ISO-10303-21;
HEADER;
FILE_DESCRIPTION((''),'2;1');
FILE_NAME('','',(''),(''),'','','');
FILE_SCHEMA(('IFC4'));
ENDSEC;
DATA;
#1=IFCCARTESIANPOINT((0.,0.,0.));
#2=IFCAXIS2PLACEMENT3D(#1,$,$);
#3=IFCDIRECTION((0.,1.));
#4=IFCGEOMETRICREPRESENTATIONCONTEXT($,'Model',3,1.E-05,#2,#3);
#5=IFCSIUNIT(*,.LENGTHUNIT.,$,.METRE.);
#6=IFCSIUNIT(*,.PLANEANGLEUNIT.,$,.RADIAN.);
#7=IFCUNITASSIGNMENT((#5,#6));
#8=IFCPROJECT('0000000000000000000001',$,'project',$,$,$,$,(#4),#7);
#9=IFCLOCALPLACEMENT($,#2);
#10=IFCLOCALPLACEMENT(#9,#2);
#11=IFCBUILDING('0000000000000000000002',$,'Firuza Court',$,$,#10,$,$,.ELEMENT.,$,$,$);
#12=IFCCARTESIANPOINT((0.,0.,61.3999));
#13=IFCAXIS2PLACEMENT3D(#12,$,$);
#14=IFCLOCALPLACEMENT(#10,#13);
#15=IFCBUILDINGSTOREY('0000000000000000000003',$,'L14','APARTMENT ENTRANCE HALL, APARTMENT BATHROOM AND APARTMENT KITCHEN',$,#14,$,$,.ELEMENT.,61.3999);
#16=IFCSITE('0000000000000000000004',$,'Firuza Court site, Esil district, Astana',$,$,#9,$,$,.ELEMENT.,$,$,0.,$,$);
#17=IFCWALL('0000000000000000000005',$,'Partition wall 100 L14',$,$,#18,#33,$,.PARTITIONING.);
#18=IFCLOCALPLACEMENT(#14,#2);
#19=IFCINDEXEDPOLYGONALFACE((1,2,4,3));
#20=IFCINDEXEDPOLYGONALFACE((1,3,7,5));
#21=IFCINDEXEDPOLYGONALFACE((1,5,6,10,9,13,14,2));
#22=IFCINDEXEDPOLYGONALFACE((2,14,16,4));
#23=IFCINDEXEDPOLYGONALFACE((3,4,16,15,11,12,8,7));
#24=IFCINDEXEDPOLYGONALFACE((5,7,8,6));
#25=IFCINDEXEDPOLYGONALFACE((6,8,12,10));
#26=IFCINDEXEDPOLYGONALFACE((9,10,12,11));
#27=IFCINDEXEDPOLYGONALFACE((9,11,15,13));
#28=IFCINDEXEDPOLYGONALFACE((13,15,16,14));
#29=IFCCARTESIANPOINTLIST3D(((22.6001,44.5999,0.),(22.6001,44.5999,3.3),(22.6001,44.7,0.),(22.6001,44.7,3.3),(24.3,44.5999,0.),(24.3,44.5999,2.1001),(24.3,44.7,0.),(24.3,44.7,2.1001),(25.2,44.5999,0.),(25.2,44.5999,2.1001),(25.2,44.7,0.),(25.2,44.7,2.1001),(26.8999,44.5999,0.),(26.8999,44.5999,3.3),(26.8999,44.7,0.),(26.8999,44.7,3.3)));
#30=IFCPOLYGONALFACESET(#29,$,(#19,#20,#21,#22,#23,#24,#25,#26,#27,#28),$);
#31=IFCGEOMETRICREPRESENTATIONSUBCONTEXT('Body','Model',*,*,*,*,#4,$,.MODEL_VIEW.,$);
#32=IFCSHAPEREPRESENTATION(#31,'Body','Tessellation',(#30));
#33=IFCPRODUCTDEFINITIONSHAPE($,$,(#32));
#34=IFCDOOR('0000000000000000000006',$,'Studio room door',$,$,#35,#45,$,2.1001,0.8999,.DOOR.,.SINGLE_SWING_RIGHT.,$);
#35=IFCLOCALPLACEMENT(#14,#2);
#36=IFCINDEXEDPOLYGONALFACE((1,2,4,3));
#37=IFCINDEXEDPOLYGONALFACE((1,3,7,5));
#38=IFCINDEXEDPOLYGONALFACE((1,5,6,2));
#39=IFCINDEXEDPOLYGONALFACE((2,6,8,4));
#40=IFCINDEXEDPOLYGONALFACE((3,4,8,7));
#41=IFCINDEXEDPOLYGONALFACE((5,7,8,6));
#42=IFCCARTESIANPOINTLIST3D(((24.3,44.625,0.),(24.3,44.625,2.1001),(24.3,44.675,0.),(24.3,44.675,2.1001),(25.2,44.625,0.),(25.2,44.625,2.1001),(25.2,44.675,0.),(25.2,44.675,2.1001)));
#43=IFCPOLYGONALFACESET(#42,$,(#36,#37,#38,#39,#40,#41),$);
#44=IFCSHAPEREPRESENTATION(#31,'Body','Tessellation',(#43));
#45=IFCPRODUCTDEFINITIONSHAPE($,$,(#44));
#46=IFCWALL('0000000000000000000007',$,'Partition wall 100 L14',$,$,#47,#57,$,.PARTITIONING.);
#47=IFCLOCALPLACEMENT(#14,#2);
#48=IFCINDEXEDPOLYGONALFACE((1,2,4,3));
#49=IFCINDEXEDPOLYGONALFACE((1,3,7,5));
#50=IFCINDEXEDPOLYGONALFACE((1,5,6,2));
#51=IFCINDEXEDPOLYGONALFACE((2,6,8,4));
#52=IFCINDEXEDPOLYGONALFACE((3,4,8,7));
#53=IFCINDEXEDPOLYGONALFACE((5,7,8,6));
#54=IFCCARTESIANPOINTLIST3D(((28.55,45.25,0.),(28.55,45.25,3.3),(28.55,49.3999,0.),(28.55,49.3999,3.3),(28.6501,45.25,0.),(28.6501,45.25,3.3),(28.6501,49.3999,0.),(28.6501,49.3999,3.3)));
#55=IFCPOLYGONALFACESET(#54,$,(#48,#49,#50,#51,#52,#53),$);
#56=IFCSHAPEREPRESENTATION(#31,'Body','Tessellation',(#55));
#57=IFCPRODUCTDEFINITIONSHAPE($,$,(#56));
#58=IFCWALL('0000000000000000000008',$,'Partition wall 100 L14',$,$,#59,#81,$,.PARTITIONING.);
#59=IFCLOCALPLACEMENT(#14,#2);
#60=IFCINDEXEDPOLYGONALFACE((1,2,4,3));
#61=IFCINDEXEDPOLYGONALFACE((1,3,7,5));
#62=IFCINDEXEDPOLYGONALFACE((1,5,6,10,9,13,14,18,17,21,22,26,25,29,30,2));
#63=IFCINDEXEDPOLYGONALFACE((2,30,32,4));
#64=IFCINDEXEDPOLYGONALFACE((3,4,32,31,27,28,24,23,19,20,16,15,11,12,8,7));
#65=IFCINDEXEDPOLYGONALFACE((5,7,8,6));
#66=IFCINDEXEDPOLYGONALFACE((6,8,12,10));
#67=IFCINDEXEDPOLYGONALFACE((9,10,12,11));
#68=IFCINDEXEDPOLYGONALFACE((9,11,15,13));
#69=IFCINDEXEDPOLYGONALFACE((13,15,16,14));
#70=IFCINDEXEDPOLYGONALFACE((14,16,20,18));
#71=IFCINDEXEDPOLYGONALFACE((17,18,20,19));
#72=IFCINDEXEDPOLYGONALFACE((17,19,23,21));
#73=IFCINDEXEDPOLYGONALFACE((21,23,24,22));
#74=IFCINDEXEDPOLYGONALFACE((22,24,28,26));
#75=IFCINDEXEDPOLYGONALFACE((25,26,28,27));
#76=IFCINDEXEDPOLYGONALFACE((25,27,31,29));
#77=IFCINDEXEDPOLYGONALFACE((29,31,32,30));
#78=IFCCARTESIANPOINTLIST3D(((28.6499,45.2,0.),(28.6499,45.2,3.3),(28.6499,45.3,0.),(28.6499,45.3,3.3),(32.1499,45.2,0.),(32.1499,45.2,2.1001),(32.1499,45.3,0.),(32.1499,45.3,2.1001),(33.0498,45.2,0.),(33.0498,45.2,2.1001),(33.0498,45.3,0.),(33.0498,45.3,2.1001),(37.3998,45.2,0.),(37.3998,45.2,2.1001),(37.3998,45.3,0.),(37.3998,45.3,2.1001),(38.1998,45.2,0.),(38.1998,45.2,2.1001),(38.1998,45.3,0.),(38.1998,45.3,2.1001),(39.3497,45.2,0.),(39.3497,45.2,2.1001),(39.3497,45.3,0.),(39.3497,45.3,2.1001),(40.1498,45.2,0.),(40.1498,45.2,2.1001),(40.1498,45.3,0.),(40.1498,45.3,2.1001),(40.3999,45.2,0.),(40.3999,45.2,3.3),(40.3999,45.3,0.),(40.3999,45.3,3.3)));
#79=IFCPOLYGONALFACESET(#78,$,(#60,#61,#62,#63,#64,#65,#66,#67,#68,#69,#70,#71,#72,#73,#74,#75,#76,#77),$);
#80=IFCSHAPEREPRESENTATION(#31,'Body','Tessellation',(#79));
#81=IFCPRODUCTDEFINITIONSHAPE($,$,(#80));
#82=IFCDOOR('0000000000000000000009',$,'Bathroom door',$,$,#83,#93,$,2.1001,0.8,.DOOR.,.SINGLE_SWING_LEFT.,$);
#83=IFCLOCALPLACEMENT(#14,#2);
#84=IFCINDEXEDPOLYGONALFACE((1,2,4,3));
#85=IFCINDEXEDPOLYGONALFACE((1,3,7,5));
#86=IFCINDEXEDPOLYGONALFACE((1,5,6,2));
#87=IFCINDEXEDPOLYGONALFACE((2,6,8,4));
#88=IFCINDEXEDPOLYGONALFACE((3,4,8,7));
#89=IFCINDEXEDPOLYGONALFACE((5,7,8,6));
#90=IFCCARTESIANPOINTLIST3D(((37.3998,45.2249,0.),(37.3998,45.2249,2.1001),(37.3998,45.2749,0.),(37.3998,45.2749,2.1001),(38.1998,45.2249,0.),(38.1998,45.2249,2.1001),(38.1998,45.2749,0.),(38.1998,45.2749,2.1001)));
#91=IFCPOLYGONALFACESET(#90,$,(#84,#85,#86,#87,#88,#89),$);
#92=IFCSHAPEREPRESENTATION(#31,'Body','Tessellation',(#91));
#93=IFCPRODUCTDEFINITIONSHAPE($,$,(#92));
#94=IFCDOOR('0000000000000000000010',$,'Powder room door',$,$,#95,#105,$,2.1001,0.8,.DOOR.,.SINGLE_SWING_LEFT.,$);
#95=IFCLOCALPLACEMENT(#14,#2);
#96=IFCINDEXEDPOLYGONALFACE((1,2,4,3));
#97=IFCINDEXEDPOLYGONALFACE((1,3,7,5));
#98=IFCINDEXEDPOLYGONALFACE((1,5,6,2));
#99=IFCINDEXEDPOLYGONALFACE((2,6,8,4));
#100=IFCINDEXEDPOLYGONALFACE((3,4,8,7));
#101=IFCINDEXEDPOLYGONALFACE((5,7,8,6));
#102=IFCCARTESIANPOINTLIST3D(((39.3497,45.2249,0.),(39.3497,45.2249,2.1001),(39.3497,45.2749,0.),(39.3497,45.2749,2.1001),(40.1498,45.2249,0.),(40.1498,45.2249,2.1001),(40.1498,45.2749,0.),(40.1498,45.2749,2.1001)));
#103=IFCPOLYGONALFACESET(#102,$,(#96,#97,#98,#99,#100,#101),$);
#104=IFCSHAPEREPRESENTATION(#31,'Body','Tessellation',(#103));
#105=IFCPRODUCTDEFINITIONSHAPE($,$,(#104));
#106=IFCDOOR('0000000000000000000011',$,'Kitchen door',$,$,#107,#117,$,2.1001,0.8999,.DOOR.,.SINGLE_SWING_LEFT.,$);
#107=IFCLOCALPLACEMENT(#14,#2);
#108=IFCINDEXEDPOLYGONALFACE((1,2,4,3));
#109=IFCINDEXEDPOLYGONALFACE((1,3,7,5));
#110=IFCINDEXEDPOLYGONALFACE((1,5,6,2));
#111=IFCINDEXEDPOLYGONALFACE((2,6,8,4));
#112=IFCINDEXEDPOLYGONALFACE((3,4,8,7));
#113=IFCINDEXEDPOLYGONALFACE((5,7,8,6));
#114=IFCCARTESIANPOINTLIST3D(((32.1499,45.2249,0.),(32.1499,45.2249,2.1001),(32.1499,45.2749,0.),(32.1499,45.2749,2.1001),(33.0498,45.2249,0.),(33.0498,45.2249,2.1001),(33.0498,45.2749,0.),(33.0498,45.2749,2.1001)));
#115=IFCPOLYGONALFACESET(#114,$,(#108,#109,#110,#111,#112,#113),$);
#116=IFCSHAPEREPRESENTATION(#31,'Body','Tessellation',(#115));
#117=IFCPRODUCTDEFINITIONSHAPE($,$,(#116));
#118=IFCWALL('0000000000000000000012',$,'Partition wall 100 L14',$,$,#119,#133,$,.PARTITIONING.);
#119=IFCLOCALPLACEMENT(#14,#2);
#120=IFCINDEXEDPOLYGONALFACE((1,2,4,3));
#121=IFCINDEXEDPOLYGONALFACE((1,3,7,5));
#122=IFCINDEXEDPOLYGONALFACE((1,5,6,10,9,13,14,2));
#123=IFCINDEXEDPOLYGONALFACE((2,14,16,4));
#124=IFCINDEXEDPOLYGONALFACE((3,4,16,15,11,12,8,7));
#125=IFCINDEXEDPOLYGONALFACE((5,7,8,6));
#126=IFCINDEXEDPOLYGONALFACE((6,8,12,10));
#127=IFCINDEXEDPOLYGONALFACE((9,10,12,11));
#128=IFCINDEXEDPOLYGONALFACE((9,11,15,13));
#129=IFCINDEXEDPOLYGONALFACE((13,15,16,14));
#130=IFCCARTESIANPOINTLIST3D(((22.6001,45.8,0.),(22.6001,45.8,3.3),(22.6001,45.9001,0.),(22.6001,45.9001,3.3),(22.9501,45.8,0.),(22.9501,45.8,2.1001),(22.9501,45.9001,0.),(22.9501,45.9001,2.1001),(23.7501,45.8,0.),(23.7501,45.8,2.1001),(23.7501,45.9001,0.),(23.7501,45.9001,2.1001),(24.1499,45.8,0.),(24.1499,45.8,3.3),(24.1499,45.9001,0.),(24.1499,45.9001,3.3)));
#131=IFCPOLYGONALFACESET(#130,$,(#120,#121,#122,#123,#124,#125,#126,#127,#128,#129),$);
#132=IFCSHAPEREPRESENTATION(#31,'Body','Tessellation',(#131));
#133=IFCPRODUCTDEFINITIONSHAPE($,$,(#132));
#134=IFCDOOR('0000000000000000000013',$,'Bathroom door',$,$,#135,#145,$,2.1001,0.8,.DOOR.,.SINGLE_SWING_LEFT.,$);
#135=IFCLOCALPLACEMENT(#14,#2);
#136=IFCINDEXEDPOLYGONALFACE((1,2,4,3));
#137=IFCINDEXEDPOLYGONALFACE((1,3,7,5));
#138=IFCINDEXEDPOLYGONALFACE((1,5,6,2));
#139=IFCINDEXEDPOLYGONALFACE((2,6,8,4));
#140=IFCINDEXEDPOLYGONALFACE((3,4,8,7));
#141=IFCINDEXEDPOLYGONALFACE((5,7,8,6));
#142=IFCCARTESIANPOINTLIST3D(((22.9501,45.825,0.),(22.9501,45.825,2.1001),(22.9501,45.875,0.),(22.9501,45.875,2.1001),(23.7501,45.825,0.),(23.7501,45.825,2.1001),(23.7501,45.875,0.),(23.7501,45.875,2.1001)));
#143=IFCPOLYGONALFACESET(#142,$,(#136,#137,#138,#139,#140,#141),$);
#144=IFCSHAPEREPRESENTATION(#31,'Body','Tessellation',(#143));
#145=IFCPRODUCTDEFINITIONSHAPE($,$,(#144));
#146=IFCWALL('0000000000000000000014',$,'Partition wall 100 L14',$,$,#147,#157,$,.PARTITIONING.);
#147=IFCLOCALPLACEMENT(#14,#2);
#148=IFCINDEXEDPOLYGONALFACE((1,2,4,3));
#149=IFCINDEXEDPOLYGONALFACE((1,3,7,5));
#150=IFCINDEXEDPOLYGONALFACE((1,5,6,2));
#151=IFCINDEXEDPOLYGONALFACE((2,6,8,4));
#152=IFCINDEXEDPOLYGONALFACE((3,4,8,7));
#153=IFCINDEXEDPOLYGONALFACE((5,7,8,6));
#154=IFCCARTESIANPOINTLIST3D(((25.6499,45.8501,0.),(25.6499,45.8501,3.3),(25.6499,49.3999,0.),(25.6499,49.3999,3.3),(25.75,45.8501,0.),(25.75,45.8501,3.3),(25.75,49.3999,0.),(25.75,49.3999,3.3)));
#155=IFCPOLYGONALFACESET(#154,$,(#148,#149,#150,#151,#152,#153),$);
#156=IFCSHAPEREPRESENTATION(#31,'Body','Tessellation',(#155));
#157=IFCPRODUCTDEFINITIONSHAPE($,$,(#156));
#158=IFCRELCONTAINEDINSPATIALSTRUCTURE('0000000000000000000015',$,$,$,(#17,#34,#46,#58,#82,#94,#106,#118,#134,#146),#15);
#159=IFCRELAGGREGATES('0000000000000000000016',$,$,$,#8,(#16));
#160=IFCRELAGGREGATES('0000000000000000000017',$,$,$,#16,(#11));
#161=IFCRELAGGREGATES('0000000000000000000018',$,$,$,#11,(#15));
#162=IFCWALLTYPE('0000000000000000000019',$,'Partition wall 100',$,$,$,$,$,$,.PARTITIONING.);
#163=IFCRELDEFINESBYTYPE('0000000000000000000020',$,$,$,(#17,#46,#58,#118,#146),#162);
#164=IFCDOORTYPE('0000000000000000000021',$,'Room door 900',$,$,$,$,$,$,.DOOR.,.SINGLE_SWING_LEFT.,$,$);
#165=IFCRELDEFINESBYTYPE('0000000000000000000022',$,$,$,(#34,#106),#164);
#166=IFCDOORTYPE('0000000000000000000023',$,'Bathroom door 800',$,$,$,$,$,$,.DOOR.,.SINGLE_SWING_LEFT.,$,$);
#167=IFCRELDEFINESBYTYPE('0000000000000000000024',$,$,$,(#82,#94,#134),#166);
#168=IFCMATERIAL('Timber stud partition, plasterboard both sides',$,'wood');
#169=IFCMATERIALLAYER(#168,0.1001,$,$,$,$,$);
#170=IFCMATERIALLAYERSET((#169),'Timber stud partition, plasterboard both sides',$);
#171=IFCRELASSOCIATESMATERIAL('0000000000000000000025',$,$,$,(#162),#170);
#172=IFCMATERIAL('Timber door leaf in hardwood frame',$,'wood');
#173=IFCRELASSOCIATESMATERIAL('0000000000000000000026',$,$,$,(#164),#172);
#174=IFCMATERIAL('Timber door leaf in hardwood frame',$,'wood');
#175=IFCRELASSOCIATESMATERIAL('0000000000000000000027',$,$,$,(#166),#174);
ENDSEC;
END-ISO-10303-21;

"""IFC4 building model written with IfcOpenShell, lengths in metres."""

from ifc_helpers import new_model, si_unit, direction, frame, frame_2d, origin, place, context, subcontext, project, spatial, rectangle, extrude, material, layer, layer_set, type_object, element, fill, save


model = new_model("IFC4")

# Units and contexts
model_context = context("Model", 3, precision=1e-05, world=origin(), true_north=direction((0.0, 1.0)))
body_context = subcontext(model_context, "Body", "Model", "MODEL_VIEW")
ifc_project = project(units=[si_unit("LENGTHUNIT", "METRE"), si_unit("PLANEANGLEUNIT", "RADIAN")], contexts=[model_context])

# Site, building, storey
site_placement = place(None, origin())
site = spatial("IfcSite", under=ifc_project, at=site_placement, Name="Firuza Court site, Esil district, Astana", CompositionType="ELEMENT", RefElevation=0.0)
building_placement = place(site_placement, origin())
building = spatial("IfcBuilding", under=site, at=building_placement, Name="Firuza Court", CompositionType="ELEMENT")
storey_placement = place(building_placement, frame((0.0, 0.0, 61.3999)))
storey = spatial("IfcBuildingStorey", under=building, at=storey_placement, Name="L14", Description="APARTMENT ENTRANCE HALL, APARTMENT BATHROOM AND APARTMENT KITCHEN", CompositionType="ELEMENT", Elevation=61.3999)

# Shared definitions
ifc_material_1 = material(Name="Timber stud partition, plasterboard both sides", Category="wood")
ifc_layer_1 = layer(ifc_material_1, 0.1001)
ifc_layer_set_1 = layer_set([ifc_layer_1], Name="Timber stud partition, plasterboard both sides")
wall_type_1 = type_object("IfcWallType", Name="Partition wall 100", PredefinedType="PARTITIONING", material=ifc_layer_set_1)

# Shared definitions
ifc_material_2 = material(Name="Timber door leaf in hardwood frame", Category="wood")
door_type_1 = type_object("IfcDoorType", Name="Room door 900", OperationType="SINGLE_SWING_LEFT", PredefinedType="DOOR", material=ifc_material_2)

# Wall, opening, door
wall_1_placement = place(storey_placement, frame((22.6001, 44.6499, 0.0), z_axis=(0.0, 0.0, 1.0), x_axis=(1.0, 0.0, 0.0)))
wall_1 = element("IfcWall", 1, at=wall_1_placement, inside=storey, type_object=wall_type_1, Name="Partition wall 100 L14", PredefinedType="PARTITIONING", context=body_context, shape_type="SweptSolid", body=[
    extrude(rectangle(XDim=4.2998, YDim=0.1001, at=frame_2d((2.1499, 0.0))), origin(), (0.0, 0.0, 1.0), 3.3),
])
opening_1_placement = place(wall_1_placement, frame((1.7, 0.0, 0.0)))
opening_1 = element("IfcOpeningElement", 2, at=opening_1_placement, cuts=wall_1, PredefinedType="OPENING", context=body_context, shape_type="SweptSolid", body=[
    extrude(rectangle(XDim=0.8999, YDim=2.1001, at=frame_2d((0.45, 1.05))), frame((0.0, 0.062, 0.0), z_axis=(0.0, -1.0, 0.0), x_axis=(1.0, 0.0, 0.0)), (0.0, 0.0, 1.0), 0.124),
])
door_1_placement = place(opening_1_placement, frame((0.8999, 0.0, 0.0), z_axis=(0.0, 0.0, 1.0), x_axis=(-1.0, 0.0, 0.0)))
door_1 = element("IfcDoor", 3, at=door_1_placement, inside=storey, type_object=door_type_1, Name="Studio room door", OperationType="SINGLE_SWING_RIGHT", OverallHeight=2.1001, OverallWidth=0.8999, PredefinedType="DOOR", context=body_context, shape_type="SweptSolid", body=[
    extrude(rectangle(XDim=0.8999, YDim=2.1001, at=frame_2d((0.45, 1.05))), frame((0.0, 0.0249, 0.0), z_axis=(0.0, -1.0, 0.0), x_axis=(1.0, 0.0, 0.0)), (0.0, 0.0, 1.0), 0.05),
])
fill(opening_1, door_1)

# Wall
wall_2_placement = place(storey_placement, frame((28.6001, 45.25, 0.0), z_axis=(0.0, 0.0, 1.0), x_axis=(0.0, 1.0, 0.0)))
element("IfcWall", 4, at=wall_2_placement, inside=storey, type_object=wall_type_1, Name="Partition wall 100 L14", PredefinedType="PARTITIONING", context=body_context, shape_type="SweptSolid", body=[
    extrude(rectangle(XDim=4.1499, YDim=0.1001, at=frame_2d((2.075, 0.0))), origin(), (0.0, 0.0, 1.0), 3.3),
])

# Wall, openings, doors
wall_3_placement = place(storey_placement, frame((28.6499, 45.25, 0.0), z_axis=(0.0, 0.0, 1.0), x_axis=(1.0, 0.0, 0.0)))
wall_3 = element("IfcWall", 5, at=wall_3_placement, inside=storey, type_object=wall_type_1, Name="Partition wall 100 L14", PredefinedType="PARTITIONING", context=body_context, shape_type="SweptSolid", body=[
    extrude(rectangle(XDim=11.75, YDim=0.1001, at=frame_2d((5.875, 0.0))), origin(), (0.0, 0.0, 1.0), 3.3),
])
opening_2_placement = place(wall_3_placement, frame((8.75, 0.0, 0.0)))
opening_2 = element("IfcOpeningElement", 6, at=opening_2_placement, cuts=wall_3, PredefinedType="OPENING", context=body_context, shape_type="SweptSolid", body=[
    extrude(rectangle(XDim=0.8, YDim=2.1001, at=frame_2d((0.3999, 1.05))), frame((0.0, 0.062, 0.0), z_axis=(0.0, -1.0, 0.0), x_axis=(1.0, 0.0, 0.0)), (0.0, 0.0, 1.0), 0.124),
])
opening_3_placement = place(wall_3_placement, frame((3.5, 0.0, 0.0)))
opening_3 = element("IfcOpeningElement", 7, at=opening_3_placement, cuts=wall_3, PredefinedType="OPENING", context=body_context, shape_type="SweptSolid", body=[
    extrude(rectangle(XDim=0.8999, YDim=2.1001, at=frame_2d((0.45, 1.05))), frame((0.0, 0.062, 0.0), z_axis=(0.0, -1.0, 0.0), x_axis=(1.0, 0.0, 0.0)), (0.0, 0.0, 1.0), 0.124),
])
opening_4_placement = place(wall_3_placement, frame((10.7, 0.0, 0.0)))
opening_4 = element("IfcOpeningElement", 8, at=opening_4_placement, cuts=wall_3, PredefinedType="OPENING", context=body_context, shape_type="SweptSolid", body=[
    extrude(rectangle(XDim=0.8, YDim=2.1001, at=frame_2d((0.3999, 1.05))), frame((0.0, 0.062, 0.0), z_axis=(0.0, -1.0, 0.0), x_axis=(1.0, 0.0, 0.0)), (0.0, 0.0, 1.0), 0.124),
])
ifc_material_3 = material(Name="Timber door leaf in hardwood frame", Category="wood")
door_type_2 = type_object("IfcDoorType", Name="Bathroom door 800", OperationType="SINGLE_SWING_LEFT", PredefinedType="DOOR", material=ifc_material_3)
door_2_placement = place(opening_2_placement, origin())
door_2 = element("IfcDoor", 9, at=door_2_placement, inside=storey, type_object=door_type_2, Name="Bathroom door", OperationType="SINGLE_SWING_LEFT", OverallHeight=2.1001, OverallWidth=0.8, PredefinedType="DOOR", context=body_context, shape_type="SweptSolid", body=[
    extrude(rectangle(XDim=0.8, YDim=2.1001, at=frame_2d((0.3999, 1.05))), frame((0.0, 0.0249, 0.0), z_axis=(0.0, -1.0, 0.0), x_axis=(1.0, 0.0, 0.0)), (0.0, 0.0, 1.0), 0.05),
])
fill(opening_2, door_2)
door_3_placement = place(opening_4_placement, origin())
door_3 = element("IfcDoor", 10, at=door_3_placement, inside=storey, type_object=door_type_2, Name="Powder room door", OperationType="SINGLE_SWING_LEFT", OverallHeight=2.1001, OverallWidth=0.8, PredefinedType="DOOR", context=body_context, shape_type="SweptSolid", body=[
    extrude(rectangle(XDim=0.8, YDim=2.1001, at=frame_2d((0.3999, 1.05))), frame((0.0, 0.0249, 0.0), z_axis=(0.0, -1.0, 0.0), x_axis=(1.0, 0.0, 0.0)), (0.0, 0.0, 1.0), 0.05),
])
fill(opening_4, door_3)
door_4_placement = place(opening_3_placement, origin())
door_4 = element("IfcDoor", 11, at=door_4_placement, inside=storey, type_object=door_type_1, Name="Kitchen door", OperationType="SINGLE_SWING_LEFT", OverallHeight=2.1001, OverallWidth=0.8999, PredefinedType="DOOR", context=body_context, shape_type="SweptSolid", body=[
    extrude(rectangle(XDim=0.8999, YDim=2.1001, at=frame_2d((0.45, 1.05))), frame((0.0, 0.0249, 0.0), z_axis=(0.0, -1.0, 0.0), x_axis=(1.0, 0.0, 0.0)), (0.0, 0.0, 1.0), 0.05),
])
fill(opening_3, door_4)

# Wall, opening, door
wall_4_placement = place(storey_placement, frame((22.6001, 45.8501, 0.0), z_axis=(0.0, 0.0, 1.0), x_axis=(1.0, 0.0, 0.0)))
wall_4 = element("IfcWall", 12, at=wall_4_placement, inside=storey, type_object=wall_type_1, Name="Partition wall 100 L14", PredefinedType="PARTITIONING", context=body_context, shape_type="SweptSolid", body=[
    extrude(rectangle(XDim=1.5498, YDim=0.1001, at=frame_2d((0.7749, 0.0))), origin(), (0.0, 0.0, 1.0), 3.3),
])
opening_5_placement = place(wall_4_placement, frame((0.3501, 0.0, 0.0)))
opening_5 = element("IfcOpeningElement", 13, at=opening_5_placement, cuts=wall_4, PredefinedType="OPENING", context=body_context, shape_type="SweptSolid", body=[
    extrude(rectangle(XDim=0.8, YDim=2.1001, at=frame_2d((0.3999, 1.05))), frame((0.0, 0.062, 0.0), z_axis=(0.0, -1.0, 0.0), x_axis=(1.0, 0.0, 0.0)), (0.0, 0.0, 1.0), 0.124),
])
door_5_placement = place(opening_5_placement, origin())
door_5 = element("IfcDoor", 14, at=door_5_placement, inside=storey, type_object=door_type_2, Name="Bathroom door", OperationType="SINGLE_SWING_LEFT", OverallHeight=2.1001, OverallWidth=0.8, PredefinedType="DOOR", context=body_context, shape_type="SweptSolid", body=[
    extrude(rectangle(XDim=0.8, YDim=2.1001, at=frame_2d((0.3999, 1.05))), frame((0.0, 0.0249, 0.0), z_axis=(0.0, -1.0, 0.0), x_axis=(1.0, 0.0, 0.0)), (0.0, 0.0, 1.0), 0.05),
])
fill(opening_5, door_5)

# Wall
wall_5_placement = place(storey_placement, frame((25.7, 45.8501, 0.0), z_axis=(0.0, 0.0, 1.0), x_axis=(0.0, 1.0, 0.0)))
element("IfcWall", 15, at=wall_5_placement, inside=storey, type_object=wall_type_1, Name="Partition wall 100 L14", PredefinedType="PARTITIONING", context=body_context, shape_type="SweptSolid", body=[
    extrude(rectangle(XDim=3.5498, YDim=0.1001, at=frame_2d((1.7749, 0.0))), origin(), (0.0, 0.0, 1.0), 3.3),
])

save(model, "model.ifc")
